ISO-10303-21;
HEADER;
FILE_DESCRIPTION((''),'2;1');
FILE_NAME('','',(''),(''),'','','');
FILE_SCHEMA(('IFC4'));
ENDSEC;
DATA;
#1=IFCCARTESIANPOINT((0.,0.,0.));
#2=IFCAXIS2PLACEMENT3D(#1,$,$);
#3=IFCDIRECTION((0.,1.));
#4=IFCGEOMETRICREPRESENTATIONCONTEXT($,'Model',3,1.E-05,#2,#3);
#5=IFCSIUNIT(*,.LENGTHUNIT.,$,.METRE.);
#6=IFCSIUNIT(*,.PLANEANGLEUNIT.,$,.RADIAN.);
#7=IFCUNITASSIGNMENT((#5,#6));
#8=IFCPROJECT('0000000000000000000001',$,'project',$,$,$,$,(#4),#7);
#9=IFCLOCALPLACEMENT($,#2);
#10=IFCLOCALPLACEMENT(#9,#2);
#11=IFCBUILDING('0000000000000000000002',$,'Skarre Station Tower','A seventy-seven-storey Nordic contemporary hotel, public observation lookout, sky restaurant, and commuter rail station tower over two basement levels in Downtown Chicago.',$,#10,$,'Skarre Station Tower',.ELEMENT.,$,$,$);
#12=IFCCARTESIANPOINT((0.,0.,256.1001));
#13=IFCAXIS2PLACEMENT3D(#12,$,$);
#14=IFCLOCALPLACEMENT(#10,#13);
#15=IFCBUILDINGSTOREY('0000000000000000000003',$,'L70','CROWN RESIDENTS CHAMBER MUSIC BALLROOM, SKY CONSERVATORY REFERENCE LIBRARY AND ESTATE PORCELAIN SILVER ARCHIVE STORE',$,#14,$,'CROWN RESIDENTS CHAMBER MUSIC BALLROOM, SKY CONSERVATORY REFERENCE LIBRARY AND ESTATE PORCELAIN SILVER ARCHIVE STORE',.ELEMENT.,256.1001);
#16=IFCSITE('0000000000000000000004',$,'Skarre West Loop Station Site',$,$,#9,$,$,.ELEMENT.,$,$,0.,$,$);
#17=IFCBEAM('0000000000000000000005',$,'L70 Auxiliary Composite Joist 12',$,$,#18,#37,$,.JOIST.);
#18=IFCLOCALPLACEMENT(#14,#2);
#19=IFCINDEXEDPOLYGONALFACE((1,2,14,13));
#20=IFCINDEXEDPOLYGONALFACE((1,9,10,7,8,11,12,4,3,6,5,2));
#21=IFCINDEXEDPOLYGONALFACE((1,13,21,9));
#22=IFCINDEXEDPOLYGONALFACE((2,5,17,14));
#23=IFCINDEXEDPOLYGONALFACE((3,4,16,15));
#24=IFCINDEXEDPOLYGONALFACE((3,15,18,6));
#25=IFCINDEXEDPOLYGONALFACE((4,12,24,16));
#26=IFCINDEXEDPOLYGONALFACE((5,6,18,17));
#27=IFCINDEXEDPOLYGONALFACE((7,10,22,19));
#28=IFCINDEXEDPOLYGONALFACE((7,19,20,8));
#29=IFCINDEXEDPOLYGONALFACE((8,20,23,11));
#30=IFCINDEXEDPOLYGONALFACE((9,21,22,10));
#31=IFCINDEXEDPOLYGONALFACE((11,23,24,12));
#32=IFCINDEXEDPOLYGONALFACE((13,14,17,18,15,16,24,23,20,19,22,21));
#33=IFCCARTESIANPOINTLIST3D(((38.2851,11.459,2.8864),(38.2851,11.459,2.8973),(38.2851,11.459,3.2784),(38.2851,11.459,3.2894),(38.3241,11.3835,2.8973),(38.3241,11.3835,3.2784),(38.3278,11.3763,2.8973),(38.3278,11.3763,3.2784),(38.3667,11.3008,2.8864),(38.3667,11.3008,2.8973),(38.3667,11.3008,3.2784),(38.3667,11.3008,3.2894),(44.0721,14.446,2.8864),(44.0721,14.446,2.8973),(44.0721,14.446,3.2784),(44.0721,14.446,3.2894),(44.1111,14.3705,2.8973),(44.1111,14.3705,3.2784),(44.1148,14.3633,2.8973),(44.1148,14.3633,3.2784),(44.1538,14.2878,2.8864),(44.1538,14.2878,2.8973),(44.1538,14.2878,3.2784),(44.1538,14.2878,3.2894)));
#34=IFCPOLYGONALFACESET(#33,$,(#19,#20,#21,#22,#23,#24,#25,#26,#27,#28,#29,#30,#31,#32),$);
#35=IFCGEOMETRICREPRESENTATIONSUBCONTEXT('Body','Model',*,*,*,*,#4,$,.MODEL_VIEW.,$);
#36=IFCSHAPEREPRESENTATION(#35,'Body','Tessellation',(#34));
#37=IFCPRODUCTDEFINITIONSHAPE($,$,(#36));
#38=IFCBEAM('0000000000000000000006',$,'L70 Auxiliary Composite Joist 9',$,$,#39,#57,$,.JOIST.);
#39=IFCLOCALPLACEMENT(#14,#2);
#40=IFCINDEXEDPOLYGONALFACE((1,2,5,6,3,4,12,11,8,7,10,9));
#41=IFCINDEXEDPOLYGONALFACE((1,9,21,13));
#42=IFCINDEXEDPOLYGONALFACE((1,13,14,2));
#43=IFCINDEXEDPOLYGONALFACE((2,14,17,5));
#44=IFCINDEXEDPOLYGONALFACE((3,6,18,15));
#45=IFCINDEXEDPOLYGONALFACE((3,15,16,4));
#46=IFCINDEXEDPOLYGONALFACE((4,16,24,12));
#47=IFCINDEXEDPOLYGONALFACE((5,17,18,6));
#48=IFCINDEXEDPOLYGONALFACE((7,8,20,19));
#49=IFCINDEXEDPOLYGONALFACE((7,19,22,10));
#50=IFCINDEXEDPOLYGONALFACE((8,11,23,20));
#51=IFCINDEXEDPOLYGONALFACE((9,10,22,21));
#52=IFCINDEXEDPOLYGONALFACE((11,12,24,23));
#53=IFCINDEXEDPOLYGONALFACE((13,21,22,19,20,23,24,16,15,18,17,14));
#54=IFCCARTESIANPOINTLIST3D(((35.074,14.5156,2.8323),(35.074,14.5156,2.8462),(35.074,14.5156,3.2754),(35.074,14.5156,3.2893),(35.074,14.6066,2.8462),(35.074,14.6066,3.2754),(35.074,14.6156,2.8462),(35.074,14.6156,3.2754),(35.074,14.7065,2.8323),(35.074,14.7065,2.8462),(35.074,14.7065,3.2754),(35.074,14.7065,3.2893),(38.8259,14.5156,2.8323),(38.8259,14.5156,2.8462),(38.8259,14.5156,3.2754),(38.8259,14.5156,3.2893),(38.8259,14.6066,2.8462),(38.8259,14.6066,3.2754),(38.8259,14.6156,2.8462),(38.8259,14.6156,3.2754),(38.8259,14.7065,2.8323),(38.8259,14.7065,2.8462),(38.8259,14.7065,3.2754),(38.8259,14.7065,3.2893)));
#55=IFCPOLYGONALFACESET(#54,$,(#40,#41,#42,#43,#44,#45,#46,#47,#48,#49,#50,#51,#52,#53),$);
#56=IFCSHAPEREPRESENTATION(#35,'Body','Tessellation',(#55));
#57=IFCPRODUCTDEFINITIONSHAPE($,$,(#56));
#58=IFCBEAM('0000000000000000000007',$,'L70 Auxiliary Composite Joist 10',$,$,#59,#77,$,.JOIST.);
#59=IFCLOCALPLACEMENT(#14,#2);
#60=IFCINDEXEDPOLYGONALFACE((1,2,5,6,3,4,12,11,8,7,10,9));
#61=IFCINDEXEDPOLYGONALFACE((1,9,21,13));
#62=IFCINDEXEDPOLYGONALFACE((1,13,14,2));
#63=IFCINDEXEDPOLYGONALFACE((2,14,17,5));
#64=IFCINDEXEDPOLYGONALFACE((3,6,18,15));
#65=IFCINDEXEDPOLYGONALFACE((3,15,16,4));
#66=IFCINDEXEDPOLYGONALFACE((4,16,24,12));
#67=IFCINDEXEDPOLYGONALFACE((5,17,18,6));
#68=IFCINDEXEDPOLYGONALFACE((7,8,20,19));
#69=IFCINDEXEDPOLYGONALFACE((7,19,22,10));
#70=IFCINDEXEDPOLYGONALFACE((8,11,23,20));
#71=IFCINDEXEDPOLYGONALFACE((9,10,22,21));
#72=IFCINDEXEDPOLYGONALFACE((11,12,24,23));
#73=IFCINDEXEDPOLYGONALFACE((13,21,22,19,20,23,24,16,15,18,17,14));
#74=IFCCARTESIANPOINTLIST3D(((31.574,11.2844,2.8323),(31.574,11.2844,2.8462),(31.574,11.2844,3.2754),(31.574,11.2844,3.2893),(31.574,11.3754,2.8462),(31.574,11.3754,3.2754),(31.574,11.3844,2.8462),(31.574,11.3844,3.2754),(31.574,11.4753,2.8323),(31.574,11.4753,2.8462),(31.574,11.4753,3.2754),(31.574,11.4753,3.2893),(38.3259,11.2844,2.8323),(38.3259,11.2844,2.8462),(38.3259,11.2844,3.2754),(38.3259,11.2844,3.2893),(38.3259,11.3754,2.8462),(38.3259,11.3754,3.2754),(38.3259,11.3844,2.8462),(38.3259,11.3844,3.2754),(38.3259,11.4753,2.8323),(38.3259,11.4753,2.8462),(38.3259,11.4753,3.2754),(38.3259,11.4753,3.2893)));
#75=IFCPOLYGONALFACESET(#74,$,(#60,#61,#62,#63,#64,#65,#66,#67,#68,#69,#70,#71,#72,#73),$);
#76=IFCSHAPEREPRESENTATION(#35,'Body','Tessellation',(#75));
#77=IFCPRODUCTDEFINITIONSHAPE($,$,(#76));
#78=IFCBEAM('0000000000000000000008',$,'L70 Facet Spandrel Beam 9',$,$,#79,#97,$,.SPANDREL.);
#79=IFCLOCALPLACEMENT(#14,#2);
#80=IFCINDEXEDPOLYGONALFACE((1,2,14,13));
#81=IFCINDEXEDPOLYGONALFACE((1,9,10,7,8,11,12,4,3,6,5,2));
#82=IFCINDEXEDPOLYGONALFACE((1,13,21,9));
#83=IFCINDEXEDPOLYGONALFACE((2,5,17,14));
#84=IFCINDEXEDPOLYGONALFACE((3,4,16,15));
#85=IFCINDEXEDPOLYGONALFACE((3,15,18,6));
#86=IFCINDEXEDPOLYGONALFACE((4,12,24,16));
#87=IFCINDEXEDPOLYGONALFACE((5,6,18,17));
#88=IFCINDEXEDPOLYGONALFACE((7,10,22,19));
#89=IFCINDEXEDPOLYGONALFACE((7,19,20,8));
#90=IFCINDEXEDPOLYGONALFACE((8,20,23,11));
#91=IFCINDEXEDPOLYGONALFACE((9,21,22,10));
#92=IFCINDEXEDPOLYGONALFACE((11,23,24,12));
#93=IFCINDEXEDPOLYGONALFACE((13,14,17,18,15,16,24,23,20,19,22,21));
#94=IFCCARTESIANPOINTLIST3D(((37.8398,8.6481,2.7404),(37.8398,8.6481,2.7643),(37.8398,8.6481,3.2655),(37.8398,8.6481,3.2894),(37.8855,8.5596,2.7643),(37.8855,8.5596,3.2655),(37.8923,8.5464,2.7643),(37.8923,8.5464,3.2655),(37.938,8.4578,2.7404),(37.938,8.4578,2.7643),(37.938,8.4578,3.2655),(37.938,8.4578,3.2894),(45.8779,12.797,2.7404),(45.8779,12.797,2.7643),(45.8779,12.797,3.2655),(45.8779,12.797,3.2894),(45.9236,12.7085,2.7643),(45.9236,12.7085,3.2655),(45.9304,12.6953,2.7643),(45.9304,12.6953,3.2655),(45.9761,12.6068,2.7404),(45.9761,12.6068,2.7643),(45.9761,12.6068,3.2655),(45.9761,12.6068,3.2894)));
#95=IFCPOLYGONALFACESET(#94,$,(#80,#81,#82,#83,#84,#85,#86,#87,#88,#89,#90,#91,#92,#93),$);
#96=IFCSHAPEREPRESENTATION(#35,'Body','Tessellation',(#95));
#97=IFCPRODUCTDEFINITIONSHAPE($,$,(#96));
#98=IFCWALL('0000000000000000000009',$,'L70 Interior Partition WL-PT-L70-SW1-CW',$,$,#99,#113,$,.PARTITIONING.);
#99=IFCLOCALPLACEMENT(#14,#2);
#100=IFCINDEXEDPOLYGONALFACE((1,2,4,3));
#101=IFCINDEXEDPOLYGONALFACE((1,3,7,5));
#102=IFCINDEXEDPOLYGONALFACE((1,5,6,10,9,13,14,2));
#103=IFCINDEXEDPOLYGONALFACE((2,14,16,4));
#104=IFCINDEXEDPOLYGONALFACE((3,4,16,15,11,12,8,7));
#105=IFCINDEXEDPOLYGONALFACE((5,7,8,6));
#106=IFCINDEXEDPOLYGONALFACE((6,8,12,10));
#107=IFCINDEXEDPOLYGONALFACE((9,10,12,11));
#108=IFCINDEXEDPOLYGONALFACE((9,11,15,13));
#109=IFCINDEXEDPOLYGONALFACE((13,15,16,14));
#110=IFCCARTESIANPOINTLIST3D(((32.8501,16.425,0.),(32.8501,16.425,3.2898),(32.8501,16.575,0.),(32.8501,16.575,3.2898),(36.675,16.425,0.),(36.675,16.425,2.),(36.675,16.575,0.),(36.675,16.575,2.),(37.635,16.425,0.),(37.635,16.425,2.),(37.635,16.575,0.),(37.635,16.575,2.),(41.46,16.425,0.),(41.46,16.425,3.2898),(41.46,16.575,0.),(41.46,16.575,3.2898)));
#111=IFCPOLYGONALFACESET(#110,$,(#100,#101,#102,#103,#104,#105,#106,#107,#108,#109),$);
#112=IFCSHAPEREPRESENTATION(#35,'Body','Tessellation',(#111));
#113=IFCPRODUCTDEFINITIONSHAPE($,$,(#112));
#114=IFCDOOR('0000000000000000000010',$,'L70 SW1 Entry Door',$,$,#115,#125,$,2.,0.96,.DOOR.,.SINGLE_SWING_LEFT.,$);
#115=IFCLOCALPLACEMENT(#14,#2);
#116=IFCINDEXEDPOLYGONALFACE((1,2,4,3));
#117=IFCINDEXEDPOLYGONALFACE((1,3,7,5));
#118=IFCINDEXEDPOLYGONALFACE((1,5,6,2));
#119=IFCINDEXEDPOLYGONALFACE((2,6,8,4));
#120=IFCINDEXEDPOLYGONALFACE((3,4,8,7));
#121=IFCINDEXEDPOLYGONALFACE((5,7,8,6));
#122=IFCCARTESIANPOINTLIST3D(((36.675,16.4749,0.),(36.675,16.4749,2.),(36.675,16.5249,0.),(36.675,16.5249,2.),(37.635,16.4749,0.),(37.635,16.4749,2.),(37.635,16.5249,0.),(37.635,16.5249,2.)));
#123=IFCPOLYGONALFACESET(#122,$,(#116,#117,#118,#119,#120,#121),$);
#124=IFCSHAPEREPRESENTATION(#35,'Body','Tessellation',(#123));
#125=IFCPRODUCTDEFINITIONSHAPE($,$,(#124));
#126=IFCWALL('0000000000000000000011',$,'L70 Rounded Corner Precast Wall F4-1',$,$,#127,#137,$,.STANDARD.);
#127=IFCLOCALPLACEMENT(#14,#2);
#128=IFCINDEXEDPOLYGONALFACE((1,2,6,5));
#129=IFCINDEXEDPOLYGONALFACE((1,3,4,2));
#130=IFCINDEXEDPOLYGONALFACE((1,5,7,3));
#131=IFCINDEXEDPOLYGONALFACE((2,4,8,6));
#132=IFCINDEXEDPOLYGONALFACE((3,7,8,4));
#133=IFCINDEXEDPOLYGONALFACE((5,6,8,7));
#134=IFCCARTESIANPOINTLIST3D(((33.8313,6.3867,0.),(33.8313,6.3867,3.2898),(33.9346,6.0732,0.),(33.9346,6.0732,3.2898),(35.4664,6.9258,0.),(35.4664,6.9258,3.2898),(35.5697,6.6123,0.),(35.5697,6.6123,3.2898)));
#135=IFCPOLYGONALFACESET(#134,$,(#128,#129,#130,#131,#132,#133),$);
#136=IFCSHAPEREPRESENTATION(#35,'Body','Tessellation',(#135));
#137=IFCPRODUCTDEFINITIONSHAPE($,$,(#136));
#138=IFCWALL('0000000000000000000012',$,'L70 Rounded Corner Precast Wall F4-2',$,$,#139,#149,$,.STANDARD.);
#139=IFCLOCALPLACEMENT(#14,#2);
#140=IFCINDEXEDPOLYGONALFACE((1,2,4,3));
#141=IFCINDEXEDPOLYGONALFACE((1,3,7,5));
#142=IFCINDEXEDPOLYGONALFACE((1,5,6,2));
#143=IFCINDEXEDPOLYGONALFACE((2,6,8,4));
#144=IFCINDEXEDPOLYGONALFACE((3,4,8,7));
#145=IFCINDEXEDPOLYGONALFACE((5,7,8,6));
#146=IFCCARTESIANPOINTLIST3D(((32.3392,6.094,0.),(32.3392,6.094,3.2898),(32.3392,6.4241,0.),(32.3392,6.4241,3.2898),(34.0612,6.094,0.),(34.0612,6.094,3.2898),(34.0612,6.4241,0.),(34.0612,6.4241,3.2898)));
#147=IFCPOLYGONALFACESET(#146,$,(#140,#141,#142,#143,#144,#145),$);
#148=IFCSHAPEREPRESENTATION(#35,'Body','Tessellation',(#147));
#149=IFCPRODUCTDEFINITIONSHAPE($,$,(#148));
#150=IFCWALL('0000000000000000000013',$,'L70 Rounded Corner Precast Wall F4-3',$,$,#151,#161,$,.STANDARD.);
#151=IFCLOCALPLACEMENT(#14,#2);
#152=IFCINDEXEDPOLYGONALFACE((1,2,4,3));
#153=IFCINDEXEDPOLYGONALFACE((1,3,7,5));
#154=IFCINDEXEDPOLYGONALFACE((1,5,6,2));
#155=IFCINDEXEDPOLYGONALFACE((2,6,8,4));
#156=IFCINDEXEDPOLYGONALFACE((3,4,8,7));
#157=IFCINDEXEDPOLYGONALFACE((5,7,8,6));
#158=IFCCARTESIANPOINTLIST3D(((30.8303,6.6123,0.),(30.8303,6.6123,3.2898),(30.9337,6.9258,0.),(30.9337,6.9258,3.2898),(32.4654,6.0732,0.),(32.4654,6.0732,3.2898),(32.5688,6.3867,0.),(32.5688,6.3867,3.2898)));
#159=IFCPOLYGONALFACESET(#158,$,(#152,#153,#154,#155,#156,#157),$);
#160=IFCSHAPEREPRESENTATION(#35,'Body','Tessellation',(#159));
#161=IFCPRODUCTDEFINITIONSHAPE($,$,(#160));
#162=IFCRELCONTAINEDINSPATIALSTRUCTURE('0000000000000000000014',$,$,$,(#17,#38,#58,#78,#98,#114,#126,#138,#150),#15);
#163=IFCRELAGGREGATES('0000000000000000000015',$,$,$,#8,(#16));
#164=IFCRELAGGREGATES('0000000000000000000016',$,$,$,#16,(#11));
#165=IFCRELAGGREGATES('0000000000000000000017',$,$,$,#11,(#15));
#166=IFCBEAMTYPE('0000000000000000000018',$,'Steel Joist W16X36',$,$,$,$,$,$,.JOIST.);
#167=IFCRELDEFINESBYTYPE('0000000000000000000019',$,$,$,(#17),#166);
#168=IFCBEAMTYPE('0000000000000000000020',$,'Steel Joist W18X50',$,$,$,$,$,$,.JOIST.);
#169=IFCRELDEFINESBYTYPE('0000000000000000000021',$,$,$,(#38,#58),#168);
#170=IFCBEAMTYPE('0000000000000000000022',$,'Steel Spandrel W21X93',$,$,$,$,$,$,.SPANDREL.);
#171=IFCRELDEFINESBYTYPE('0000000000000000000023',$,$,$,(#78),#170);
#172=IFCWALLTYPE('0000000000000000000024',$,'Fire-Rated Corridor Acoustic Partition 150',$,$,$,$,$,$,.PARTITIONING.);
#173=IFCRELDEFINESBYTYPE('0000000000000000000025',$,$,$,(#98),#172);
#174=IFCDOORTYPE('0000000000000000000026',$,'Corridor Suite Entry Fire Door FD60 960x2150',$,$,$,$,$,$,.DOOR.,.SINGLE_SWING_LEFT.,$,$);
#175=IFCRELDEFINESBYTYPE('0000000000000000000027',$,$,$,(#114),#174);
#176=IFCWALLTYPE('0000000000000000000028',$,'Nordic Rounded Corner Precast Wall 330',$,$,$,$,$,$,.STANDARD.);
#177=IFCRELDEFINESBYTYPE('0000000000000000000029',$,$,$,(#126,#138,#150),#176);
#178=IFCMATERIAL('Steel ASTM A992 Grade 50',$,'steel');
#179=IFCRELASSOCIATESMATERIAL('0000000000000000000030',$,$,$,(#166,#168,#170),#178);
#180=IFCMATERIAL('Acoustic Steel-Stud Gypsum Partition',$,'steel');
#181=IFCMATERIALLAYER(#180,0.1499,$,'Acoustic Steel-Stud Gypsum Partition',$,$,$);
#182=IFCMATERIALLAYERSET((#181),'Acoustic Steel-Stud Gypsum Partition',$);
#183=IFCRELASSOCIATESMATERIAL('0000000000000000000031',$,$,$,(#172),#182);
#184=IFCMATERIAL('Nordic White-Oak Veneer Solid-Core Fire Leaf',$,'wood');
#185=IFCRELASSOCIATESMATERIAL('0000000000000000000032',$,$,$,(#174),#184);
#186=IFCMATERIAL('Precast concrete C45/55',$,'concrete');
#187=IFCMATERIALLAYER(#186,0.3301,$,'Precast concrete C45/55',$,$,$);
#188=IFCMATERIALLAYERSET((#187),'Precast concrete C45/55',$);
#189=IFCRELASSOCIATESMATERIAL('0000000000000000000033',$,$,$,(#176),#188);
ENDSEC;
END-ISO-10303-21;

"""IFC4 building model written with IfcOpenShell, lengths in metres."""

from ifc_helpers import new_model, si_unit, direction, frame, frame_2d, origin, origin_2d, place, context, subcontext, project, spatial, rectangle, i_section, extrude, material, layer, layer_set, material_profile, profile_set, type_object, element, fill, save


model = new_model("IFC4")

# Units and contexts
model_context = context("Model", 3, precision=1e-05, world=origin(), true_north=direction((0.0, 1.0)))
body_context = subcontext(model_context, "Body", "Model", "MODEL_VIEW")
ifc_project = project(units=[si_unit("LENGTHUNIT", "METRE"), si_unit("PLANEANGLEUNIT", "RADIAN")], contexts=[model_context])

# Site, building, storey
site_placement = place(None, origin())
site = spatial("IfcSite", under=ifc_project, at=site_placement, Name="Skarre West Loop Station Site", CompositionType="ELEMENT", RefElevation=0.0)
building_placement = place(site_placement, origin())
building = spatial("IfcBuilding", under=site, at=building_placement, Name="Skarre Station Tower", Description="A seventy-seven-storey Nordic contemporary hotel, public observation lookout, sky restaurant, and commuter rail station tower over two basement levels in Downtown Chicago.", LongName="Skarre Station Tower", CompositionType="ELEMENT")
storey_placement = place(building_placement, frame((0.0, 0.0, 256.1001)))
storey = spatial("IfcBuildingStorey", under=building, at=storey_placement, Name="L70", Description="CROWN RESIDENTS CHAMBER MUSIC BALLROOM, SKY CONSERVATORY REFERENCE LIBRARY AND ESTATE PORCELAIN SILVER ARCHIVE STORE", LongName="CROWN RESIDENTS CHAMBER MUSIC BALLROOM, SKY CONSERVATORY REFERENCE LIBRARY AND ESTATE PORCELAIN SILVER ARCHIVE STORE", CompositionType="ELEMENT", Elevation=256.1001)

# Beams
ifc_material_1 = material(Name="Steel ASTM A992 Grade 50", Category="steel")
ifc_material_profile_1 = material_profile(ifc_material_1, i_section(OverallWidth=0.178, OverallDepth=0.4031, WebThickness=0.0081, FlangeThickness=0.011, at=origin_2d()), Name="Steel ASTM A992 Grade 50")
ifc_profile_set_1 = profile_set([ifc_material_profile_1], Name="Steel ASTM A992 Grade 50")
beam_type_1 = type_object("IfcBeamType", Name="Steel Joist W16X36", PredefinedType="JOIST", material=ifc_profile_set_1)
beam_1_placement = place(storey_placement, frame((38.3259, 11.3799, 3.0879), z_axis=(0.88861, 0.458663, 0.0), x_axis=(-0.458663, 0.88861, 0.0)))
element("IfcBeam", 1, at=beam_1_placement, inside=storey, type_object=beam_type_1, Name="L70 Auxiliary Composite Joist 12", PredefinedType="JOIST", context=body_context, shape_type="SweptSolid", body=[
    extrude(i_section(OverallWidth=0.178, OverallDepth=0.4031, WebThickness=0.0081, FlangeThickness=0.011, at=origin_2d()), origin(), (0.0, 0.0, 1.0), 6.5125),
])
ifc_material_profile_2 = material_profile(ifc_material_1, i_section(OverallWidth=0.1909, OverallDepth=0.457, WebThickness=0.009, FlangeThickness=0.0139, at=origin_2d()), Name="Steel ASTM A992 Grade 50")
ifc_profile_set_2 = profile_set([ifc_material_profile_2], Name="Steel ASTM A992 Grade 50")
beam_type_2 = type_object("IfcBeamType", Name="Steel Joist W18X50", PredefinedType="JOIST", material=ifc_profile_set_2)
beam_2_placement = place(storey_placement, frame((35.074, 14.6111, 3.0608), z_axis=(1.0, 0.0, 0.0), x_axis=(0.0, 1.0, 0.0)))
element("IfcBeam", 2, at=beam_2_placement, inside=storey, type_object=beam_type_2, Name="L70 Auxiliary Composite Joist 9", PredefinedType="JOIST", context=body_context, shape_type="SweptSolid", body=[
    extrude(i_section(OverallWidth=0.1909, OverallDepth=0.457, WebThickness=0.009, FlangeThickness=0.0139, at=origin_2d()), origin(), (0.0, 0.0, 1.0), 3.752),
])
beam_3_placement = place(storey_placement, frame((31.574, 11.3799, 3.0608), z_axis=(1.0, 0.0, 0.0), x_axis=(0.0, 1.0, 0.0)))
element("IfcBeam", 3, at=beam_3_placement, inside=storey, type_object=beam_type_2, Name="L70 Auxiliary Composite Joist 10", PredefinedType="JOIST", context=body_context, shape_type="SweptSolid", body=[
    extrude(i_section(OverallWidth=0.1909, OverallDepth=0.457, WebThickness=0.009, FlangeThickness=0.0139, at=origin_2d()), origin(), (0.0, 0.0, 1.0), 6.752),
])
ifc_material_profile_3 = material_profile(ifc_material_1, i_section(OverallWidth=0.2141, OverallDepth=0.5491, WebThickness=0.0149, FlangeThickness=0.0239, at=origin_2d()), Name="Steel ASTM A992 Grade 50")
ifc_profile_set_3 = profile_set([ifc_material_profile_3], Name="Steel ASTM A992 Grade 50")
beam_type_3 = type_object("IfcBeamType", Name="Steel Spandrel W21X93", PredefinedType="SPANDREL", material=ifc_profile_set_3)
beam_4_placement = place(storey_placement, frame((37.8889, 8.553, 3.0149), z_axis=(0.88861, 0.458664, 0.0), x_axis=(-0.458664, 0.88861, 0.0)))
element("IfcBeam", 4, at=beam_4_placement, inside=storey, type_object=beam_type_3, Name="L70 Facet Spandrel Beam 9", PredefinedType="SPANDREL", context=body_context, shape_type="SweptSolid", body=[
    extrude(i_section(OverallWidth=0.2141, OverallDepth=0.5491, WebThickness=0.0149, FlangeThickness=0.0239, at=origin_2d()), origin(), (0.0, 0.0, 1.0), 9.0457),
])

# Wall, opening, door
ifc_material_2 = material(Name="Acoustic Steel-Stud Gypsum Partition", Category="steel")
ifc_layer_1 = layer(ifc_material_2, 0.1499, Name="Acoustic Steel-Stud Gypsum Partition")
ifc_layer_set_1 = layer_set([ifc_layer_1], Name="Acoustic Steel-Stud Gypsum Partition")
wall_type_1 = type_object("IfcWallType", Name="Fire-Rated Corridor Acoustic Partition 150", PredefinedType="PARTITIONING", material=ifc_layer_set_1)
wall_1_placement = place(storey_placement, frame((32.8501, 16.5, 0.0), z_axis=(0.0, 0.0, 1.0), x_axis=(1.0, 0.0, 0.0)))
wall_1 = element("IfcWall", 5, at=wall_1_placement, inside=storey, type_object=wall_type_1, Name="L70 Interior Partition WL-PT-L70-SW1-CW", PredefinedType="PARTITIONING", context=body_context, shape_type="SweptSolid", body=[
    extrude(rectangle(XDim=8.6099, YDim=0.1499, at=frame_2d((4.3049, 0.0))), origin(), (0.0, 0.0, 1.0), 3.2898),
])
opening_1_placement = place(wall_1_placement, frame((3.825, 0.0, 0.0)))
opening_1 = element("IfcOpeningElement", 6, at=opening_1_placement, cuts=wall_1, PredefinedType="OPENING", context=body_context, shape_type="SweptSolid", body=[
    extrude(rectangle(XDim=0.96, YDim=2.0, at=frame_2d((0.48, 1.0))), frame((0.0, 0.085, 0.0), z_axis=(0.0, -1.0, 0.0), x_axis=(1.0, 0.0, 0.0)), (0.0, 0.0, 1.0), 0.1699),
])
ifc_material_3 = material(Name="Nordic White-Oak Veneer Solid-Core Fire Leaf", Category="wood")
door_type_1 = type_object("IfcDoorType", Name="Corridor Suite Entry Fire Door FD60 960x2150", OperationType="SINGLE_SWING_LEFT", PredefinedType="DOOR", material=ifc_material_3)
door_1_placement = place(opening_1_placement, origin())
door_1 = element("IfcDoor", 7, at=door_1_placement, inside=storey, type_object=door_type_1, Name="L70 SW1 Entry Door", OperationType="SINGLE_SWING_LEFT", OverallHeight=2.0, OverallWidth=0.96, PredefinedType="DOOR", context=body_context, shape_type="SweptSolid", body=[
    extrude(rectangle(XDim=0.96, YDim=2.0, at=frame_2d((0.48, 1.0))), frame((0.0, 0.0249, 0.0), z_axis=(0.0, -1.0, 0.0), x_axis=(1.0, 0.0, 0.0)), (0.0, 0.0, 1.0), 0.05),
])
fill(opening_1, door_1)

# Walls
ifc_material_4 = material(Name="Precast concrete C45/55", Category="concrete")
ifc_layer_2 = layer(ifc_material_4, 0.3301, Name="Precast concrete C45/55")
ifc_layer_set_2 = layer_set([ifc_layer_2], Name="Precast concrete C45/55")
wall_type_2 = type_object("IfcWallType", Name="Nordic Rounded Corner Precast Wall 330", PredefinedType="STANDARD", material=ifc_layer_set_2)
wall_2_placement = place(storey_placement, frame((35.5181, 6.769, 0.0), z_axis=(0.0, 0.0, 1.0), x_axis=(-0.949713, -0.31312, 0.0)))
element("IfcWall", 8, at=wall_2_placement, inside=storey, type_object=wall_type_2, Name="L70 Rounded Corner Precast Wall F4-1", PredefinedType="STANDARD", context=body_context, shape_type="SweptSolid", body=[
    extrude(rectangle(XDim=1.7217, YDim=0.3301, at=frame_2d((0.8608, 0.0))), origin(), (0.0, 0.0, 1.0), 3.2898),
])
wall_3_placement = place(storey_placement, frame((34.061, 6.259, 0.0), z_axis=(0.0, 0.0, 1.0), x_axis=(-1.0, 0.0, 0.0)))
element("IfcWall", 9, at=wall_3_placement, inside=storey, type_object=wall_type_2, Name="L70 Rounded Corner Precast Wall F4-2", PredefinedType="STANDARD", context=body_context, shape_type="SweptSolid", body=[
    extrude(rectangle(XDim=1.7219, YDim=0.3301, at=frame_2d((0.8608, 0.0))), origin(), (0.0, 0.0, 1.0), 3.2898),
])
wall_4_placement = place(storey_placement, frame((32.5171, 6.23, 0.0), z_axis=(0.0, 0.0, 1.0), x_axis=(-0.949713, 0.31312, 0.0)))
element("IfcWall", 10, at=wall_4_placement, inside=storey, type_object=wall_type_2, Name="L70 Rounded Corner Precast Wall F4-3", PredefinedType="STANDARD", context=body_context, shape_type="SweptSolid", body=[
    extrude(rectangle(XDim=1.7217, YDim=0.3301, at=frame_2d((0.8608, 0.0))), origin(), (0.0, 0.0, 1.0), 3.2898),
])

save(model, "model.ifc")
